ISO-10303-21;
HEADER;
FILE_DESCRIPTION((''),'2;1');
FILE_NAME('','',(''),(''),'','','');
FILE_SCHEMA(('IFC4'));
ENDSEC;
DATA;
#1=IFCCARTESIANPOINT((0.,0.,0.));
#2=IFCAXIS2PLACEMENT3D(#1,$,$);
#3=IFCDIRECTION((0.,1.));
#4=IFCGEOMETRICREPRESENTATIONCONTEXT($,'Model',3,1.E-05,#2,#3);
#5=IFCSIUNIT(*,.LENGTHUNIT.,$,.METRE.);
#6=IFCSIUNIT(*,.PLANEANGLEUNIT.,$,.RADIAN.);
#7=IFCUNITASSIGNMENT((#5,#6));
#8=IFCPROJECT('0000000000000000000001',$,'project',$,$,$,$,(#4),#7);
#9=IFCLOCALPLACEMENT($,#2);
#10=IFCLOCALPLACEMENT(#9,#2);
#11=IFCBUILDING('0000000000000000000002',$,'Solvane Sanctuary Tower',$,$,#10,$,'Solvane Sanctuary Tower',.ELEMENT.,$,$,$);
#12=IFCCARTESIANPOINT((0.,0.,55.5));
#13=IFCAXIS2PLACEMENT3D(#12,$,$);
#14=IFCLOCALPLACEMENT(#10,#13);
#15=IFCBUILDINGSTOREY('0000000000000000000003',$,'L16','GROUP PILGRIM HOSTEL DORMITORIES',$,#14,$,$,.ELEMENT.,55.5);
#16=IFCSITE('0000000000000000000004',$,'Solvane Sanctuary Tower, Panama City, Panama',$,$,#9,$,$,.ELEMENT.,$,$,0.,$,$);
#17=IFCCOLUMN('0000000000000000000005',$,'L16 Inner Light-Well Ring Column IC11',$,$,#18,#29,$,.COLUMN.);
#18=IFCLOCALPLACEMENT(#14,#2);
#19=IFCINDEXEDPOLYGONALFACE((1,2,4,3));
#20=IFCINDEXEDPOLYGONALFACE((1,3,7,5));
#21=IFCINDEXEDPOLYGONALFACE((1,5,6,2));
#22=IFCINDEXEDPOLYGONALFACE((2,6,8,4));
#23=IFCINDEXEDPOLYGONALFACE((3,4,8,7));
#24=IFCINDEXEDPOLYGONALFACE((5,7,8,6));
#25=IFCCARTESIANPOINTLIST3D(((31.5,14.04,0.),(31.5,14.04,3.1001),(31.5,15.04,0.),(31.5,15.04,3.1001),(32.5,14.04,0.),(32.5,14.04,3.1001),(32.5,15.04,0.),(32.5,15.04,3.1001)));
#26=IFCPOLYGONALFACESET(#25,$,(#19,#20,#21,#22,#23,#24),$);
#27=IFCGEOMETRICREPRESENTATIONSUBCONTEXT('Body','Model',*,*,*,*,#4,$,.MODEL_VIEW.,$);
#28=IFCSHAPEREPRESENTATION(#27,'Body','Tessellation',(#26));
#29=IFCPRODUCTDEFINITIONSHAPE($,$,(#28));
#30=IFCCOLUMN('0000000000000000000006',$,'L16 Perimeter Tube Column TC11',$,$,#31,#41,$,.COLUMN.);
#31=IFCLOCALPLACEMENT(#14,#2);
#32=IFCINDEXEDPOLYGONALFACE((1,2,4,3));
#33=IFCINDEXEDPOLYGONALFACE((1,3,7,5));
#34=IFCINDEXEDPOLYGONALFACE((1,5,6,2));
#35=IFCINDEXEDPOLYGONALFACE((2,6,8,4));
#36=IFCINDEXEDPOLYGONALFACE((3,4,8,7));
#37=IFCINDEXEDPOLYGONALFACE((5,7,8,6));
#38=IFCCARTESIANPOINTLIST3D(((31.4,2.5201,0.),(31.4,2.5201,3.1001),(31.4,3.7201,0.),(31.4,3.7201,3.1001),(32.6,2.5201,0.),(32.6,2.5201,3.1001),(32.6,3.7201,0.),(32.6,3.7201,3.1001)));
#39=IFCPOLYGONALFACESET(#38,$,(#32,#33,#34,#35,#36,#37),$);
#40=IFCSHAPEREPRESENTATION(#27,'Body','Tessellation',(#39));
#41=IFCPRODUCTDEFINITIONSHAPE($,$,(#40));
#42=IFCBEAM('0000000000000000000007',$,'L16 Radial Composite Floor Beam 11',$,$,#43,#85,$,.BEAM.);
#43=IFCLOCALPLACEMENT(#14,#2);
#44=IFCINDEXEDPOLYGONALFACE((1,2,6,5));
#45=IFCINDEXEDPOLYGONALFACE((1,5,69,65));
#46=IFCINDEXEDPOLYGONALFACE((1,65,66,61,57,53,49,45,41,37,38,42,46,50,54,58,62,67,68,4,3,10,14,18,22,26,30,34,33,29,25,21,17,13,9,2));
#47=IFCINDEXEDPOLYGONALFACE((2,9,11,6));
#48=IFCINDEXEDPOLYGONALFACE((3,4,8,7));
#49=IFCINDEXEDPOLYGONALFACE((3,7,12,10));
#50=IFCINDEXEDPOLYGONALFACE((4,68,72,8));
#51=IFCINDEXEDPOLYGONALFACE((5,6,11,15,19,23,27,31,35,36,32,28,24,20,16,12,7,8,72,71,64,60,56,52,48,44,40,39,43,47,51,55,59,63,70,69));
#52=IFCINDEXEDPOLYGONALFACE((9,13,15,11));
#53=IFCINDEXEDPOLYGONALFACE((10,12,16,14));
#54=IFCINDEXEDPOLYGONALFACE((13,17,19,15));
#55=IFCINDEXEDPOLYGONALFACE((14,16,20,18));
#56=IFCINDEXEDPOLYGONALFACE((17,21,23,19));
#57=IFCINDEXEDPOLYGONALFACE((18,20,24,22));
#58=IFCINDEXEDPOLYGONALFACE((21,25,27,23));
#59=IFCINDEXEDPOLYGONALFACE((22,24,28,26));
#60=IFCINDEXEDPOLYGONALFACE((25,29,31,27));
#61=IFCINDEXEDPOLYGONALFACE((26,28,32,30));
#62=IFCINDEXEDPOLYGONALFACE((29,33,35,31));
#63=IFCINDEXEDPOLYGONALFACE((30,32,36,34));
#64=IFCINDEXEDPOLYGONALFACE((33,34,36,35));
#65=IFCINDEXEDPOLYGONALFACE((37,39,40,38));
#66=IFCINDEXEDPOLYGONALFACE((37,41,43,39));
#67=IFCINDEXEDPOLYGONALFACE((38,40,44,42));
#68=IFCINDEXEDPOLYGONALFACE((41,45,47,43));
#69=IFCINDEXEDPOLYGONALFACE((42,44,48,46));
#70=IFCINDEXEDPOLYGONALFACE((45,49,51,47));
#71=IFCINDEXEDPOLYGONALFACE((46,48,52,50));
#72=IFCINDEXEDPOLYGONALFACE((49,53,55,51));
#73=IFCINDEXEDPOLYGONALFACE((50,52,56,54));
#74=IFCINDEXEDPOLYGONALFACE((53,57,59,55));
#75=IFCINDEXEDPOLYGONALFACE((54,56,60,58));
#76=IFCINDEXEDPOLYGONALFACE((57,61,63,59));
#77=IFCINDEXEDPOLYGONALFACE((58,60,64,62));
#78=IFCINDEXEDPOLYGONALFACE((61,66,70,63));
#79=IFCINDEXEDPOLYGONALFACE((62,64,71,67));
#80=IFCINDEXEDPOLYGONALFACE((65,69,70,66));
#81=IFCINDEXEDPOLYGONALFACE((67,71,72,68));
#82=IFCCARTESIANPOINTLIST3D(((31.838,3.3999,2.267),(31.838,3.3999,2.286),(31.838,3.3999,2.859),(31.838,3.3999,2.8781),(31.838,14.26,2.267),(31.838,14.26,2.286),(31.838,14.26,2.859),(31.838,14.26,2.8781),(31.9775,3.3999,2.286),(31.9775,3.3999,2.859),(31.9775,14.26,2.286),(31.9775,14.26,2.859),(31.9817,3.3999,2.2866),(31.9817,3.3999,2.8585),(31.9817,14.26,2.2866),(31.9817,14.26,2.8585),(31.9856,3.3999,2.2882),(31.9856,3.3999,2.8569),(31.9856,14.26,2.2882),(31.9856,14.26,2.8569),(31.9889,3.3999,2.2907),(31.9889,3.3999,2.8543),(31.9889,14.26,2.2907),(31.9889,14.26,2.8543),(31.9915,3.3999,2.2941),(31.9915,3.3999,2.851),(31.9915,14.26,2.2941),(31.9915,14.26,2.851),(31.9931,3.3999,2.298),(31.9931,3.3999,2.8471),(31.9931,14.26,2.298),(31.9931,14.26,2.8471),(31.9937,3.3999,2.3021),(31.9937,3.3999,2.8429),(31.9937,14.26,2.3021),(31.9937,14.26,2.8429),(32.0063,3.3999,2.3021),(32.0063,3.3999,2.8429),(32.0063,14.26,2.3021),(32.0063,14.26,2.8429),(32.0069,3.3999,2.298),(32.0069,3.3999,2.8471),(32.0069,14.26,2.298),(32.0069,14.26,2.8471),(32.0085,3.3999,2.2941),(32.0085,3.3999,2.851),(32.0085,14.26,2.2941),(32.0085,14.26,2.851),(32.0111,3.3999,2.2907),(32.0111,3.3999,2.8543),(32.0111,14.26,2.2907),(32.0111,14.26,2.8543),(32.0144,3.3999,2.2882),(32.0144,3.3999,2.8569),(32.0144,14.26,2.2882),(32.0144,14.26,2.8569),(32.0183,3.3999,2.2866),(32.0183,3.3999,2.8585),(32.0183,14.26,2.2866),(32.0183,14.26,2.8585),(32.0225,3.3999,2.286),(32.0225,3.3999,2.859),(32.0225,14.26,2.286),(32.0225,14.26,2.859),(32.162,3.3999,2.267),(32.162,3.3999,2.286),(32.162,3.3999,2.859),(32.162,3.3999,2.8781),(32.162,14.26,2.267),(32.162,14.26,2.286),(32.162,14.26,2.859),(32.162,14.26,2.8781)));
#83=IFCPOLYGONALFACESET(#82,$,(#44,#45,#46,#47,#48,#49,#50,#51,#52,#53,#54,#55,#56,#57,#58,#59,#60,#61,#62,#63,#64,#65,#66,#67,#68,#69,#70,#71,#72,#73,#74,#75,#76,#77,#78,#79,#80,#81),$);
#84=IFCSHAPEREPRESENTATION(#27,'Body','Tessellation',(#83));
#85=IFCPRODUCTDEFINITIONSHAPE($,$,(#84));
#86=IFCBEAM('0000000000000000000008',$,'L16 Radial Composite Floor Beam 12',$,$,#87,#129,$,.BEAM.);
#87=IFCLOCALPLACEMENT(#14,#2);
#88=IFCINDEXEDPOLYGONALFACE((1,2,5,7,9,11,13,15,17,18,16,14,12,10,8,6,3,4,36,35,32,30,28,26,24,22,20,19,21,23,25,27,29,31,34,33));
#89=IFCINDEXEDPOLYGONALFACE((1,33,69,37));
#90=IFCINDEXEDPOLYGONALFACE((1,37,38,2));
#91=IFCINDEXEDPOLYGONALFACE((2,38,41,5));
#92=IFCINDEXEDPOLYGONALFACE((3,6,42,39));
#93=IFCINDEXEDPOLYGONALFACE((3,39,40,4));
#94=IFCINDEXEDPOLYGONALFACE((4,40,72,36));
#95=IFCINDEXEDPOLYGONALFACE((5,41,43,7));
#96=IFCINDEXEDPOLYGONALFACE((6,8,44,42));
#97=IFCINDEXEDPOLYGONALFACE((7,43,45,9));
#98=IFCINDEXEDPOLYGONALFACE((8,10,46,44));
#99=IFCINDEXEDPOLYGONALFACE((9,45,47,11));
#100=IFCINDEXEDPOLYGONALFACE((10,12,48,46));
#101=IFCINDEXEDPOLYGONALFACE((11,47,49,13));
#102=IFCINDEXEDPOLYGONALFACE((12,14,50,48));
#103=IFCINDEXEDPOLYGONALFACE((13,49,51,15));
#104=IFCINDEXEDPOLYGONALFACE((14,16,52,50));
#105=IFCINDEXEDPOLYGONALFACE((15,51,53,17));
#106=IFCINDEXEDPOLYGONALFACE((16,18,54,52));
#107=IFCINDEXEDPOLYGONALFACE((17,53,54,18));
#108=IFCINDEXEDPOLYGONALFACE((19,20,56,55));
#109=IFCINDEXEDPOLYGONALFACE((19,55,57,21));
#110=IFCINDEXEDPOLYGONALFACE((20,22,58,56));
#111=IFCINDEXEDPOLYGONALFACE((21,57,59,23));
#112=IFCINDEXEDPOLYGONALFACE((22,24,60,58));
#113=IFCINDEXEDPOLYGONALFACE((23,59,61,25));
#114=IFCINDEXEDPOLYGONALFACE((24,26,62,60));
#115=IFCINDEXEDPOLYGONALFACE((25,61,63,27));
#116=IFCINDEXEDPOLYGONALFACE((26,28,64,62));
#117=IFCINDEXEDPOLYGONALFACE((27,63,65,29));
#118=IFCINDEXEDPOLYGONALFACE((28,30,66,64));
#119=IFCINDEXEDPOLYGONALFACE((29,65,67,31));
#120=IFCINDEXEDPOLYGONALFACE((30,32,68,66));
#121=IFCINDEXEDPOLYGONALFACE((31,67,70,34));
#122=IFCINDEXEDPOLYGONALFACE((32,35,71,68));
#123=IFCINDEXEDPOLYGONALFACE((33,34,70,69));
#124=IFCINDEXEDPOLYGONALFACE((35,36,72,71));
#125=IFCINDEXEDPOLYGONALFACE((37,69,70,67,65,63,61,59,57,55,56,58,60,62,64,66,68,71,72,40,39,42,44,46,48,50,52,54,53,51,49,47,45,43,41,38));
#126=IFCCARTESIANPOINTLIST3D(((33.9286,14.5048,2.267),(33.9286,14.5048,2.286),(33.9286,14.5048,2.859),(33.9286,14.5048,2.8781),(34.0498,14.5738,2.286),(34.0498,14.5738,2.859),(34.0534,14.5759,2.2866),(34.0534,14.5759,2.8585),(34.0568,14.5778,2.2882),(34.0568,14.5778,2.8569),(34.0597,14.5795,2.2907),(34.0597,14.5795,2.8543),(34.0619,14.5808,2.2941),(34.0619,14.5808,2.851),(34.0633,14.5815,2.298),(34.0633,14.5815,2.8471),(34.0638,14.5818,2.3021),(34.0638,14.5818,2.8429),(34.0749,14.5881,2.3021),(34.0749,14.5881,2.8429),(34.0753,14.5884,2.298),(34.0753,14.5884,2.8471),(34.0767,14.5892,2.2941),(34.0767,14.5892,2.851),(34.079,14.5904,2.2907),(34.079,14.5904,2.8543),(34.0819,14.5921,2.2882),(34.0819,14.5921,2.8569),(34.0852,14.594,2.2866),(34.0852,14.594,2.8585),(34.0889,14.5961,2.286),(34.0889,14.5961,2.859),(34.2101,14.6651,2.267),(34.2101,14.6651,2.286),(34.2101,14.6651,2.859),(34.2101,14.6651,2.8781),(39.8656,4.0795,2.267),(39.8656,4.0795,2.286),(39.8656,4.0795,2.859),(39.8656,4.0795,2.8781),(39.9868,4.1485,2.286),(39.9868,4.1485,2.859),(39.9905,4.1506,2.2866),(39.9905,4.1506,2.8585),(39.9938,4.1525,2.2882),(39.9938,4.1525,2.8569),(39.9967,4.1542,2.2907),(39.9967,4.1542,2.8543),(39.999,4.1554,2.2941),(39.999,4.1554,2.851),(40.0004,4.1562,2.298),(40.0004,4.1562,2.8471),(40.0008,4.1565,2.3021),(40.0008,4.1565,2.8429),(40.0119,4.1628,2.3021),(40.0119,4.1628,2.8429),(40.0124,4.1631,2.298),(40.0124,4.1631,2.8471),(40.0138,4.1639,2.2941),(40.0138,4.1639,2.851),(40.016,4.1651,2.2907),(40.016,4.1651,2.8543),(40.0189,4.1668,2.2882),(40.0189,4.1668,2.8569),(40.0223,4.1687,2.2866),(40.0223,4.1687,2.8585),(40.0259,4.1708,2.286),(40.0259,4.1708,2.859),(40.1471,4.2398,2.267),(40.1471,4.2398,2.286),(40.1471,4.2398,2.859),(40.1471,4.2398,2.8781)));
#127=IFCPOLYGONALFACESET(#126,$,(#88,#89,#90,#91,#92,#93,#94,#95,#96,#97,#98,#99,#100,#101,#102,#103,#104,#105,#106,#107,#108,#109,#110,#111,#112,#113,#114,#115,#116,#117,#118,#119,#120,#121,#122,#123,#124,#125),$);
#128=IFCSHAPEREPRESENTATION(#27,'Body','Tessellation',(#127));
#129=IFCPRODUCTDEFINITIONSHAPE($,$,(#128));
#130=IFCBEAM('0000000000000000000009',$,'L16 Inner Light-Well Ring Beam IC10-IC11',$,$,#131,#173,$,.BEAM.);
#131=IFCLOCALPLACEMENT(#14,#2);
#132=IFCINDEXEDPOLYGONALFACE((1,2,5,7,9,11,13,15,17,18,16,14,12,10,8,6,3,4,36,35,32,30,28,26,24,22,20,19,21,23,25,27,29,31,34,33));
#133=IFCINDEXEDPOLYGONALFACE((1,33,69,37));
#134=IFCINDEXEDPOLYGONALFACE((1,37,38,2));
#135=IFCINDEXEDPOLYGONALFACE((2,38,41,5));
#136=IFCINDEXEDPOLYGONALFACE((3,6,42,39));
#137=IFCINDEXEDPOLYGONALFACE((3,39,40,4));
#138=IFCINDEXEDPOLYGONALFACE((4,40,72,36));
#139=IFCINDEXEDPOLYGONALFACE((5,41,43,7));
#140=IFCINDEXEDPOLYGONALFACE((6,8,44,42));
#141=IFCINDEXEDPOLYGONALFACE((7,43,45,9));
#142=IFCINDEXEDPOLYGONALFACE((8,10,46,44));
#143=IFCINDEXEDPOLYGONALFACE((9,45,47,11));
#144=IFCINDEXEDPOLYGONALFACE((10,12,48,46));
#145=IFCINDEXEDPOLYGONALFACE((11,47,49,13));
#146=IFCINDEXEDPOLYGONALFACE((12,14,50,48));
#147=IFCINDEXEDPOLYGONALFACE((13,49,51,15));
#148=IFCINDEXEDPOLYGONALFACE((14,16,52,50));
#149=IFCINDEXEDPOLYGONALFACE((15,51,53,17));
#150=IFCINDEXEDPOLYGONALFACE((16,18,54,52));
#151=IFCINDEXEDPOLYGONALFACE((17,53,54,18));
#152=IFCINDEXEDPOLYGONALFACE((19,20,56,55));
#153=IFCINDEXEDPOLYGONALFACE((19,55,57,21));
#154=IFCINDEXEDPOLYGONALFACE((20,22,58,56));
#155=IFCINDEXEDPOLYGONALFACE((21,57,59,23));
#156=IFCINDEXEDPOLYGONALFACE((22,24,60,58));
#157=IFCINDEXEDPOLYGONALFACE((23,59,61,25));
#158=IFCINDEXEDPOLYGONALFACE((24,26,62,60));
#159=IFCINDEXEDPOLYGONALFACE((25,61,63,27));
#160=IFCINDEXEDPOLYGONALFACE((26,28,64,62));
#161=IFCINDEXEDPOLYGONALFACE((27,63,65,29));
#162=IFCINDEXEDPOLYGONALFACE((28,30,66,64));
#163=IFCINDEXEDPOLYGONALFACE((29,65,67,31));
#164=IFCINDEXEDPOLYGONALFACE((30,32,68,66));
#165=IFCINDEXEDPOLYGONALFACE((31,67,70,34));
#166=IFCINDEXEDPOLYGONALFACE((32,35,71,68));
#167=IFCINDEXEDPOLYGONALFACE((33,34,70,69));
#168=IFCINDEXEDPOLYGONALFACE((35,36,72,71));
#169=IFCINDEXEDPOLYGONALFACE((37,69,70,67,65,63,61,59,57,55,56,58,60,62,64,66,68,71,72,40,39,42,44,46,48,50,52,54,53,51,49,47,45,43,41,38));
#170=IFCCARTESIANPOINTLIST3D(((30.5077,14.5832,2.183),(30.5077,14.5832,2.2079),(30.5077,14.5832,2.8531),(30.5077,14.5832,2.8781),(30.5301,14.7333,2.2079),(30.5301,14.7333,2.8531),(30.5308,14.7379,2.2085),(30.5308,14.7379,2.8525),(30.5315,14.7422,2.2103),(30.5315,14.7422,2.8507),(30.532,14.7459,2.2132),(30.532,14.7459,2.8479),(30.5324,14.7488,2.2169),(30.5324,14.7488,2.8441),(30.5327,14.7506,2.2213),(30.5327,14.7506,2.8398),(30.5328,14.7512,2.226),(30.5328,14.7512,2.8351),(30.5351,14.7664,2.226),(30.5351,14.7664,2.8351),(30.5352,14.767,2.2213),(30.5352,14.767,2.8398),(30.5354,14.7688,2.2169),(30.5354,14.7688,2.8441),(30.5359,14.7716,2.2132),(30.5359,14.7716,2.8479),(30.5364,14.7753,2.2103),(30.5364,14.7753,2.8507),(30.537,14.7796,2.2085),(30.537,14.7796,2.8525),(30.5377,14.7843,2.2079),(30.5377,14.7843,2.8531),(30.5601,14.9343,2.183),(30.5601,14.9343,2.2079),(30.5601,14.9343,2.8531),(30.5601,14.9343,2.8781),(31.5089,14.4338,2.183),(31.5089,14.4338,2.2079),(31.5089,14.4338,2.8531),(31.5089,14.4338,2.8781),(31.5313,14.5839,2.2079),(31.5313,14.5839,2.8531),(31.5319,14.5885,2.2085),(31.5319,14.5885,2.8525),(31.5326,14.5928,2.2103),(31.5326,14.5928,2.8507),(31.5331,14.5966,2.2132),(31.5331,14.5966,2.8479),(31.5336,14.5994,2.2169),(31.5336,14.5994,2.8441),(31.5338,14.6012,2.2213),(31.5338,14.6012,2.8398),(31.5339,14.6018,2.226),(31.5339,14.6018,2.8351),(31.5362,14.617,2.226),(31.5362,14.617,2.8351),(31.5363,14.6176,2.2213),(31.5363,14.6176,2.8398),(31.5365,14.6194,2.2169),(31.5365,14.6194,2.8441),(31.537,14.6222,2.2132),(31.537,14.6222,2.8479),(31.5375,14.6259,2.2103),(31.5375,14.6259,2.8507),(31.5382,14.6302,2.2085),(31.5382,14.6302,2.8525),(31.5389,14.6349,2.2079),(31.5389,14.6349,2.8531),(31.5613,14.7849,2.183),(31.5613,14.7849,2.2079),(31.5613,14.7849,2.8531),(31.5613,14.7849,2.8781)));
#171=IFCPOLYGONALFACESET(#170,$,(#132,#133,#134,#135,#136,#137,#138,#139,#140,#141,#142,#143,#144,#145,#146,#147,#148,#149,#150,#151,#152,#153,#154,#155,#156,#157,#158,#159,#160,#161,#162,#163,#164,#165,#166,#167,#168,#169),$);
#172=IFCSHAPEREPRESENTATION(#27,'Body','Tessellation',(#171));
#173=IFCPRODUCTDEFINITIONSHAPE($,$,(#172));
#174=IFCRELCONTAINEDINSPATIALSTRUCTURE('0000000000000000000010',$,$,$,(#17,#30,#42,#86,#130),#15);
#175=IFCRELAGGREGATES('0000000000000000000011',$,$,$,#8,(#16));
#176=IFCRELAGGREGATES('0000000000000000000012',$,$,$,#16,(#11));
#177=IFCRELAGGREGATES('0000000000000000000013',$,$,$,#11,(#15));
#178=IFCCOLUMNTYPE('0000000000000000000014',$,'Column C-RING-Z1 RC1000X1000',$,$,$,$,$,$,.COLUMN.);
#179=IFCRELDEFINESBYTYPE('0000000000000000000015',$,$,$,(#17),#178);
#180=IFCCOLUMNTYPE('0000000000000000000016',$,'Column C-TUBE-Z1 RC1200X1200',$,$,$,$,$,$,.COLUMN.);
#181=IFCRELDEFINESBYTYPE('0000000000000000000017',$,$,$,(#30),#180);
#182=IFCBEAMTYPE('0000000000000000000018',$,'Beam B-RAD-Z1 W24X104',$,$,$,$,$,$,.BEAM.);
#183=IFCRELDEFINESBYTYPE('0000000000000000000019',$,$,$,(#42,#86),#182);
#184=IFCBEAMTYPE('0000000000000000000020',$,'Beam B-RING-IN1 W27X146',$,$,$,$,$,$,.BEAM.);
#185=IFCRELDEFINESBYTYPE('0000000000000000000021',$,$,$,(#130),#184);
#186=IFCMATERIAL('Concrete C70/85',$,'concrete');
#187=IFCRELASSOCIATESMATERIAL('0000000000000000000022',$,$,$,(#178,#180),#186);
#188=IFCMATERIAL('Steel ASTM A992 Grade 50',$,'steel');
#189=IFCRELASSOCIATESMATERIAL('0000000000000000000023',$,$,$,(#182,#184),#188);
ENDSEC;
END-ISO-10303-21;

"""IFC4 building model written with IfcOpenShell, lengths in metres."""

from ifc_helpers import new_model, si_unit, direction, frame, origin, origin_2d, place, context, subcontext, project, spatial, rectangle, i_section, extrude, material, material_profile, profile_set, type_object, element, save


model = new_model("IFC4")

# Units and contexts
model_context = context("Model", 3, precision=1e-05, world=origin(), true_north=direction((0.0, 1.0)))
body_context = subcontext(model_context, "Body", "Model", "MODEL_VIEW")
ifc_project = project(units=[si_unit("LENGTHUNIT", "METRE"), si_unit("PLANEANGLEUNIT", "RADIAN")], contexts=[model_context])

# Site, building, storey
site_placement = place(None, origin())
site = spatial("IfcSite", under=ifc_project, at=site_placement, Name="Solvane Sanctuary Tower, Panama City, Panama", CompositionType="ELEMENT", RefElevation=0.0)
building_placement = place(site_placement, origin())
building = spatial("IfcBuilding", under=site, at=building_placement, Name="Solvane Sanctuary Tower", LongName="Solvane Sanctuary Tower", CompositionType="ELEMENT")
storey_placement = place(building_placement, frame((0.0, 0.0, 55.5)))
storey = spatial("IfcBuildingStorey", under=building, at=storey_placement, Name="L16", Description="GROUP PILGRIM HOSTEL DORMITORIES", CompositionType="ELEMENT", Elevation=55.5)

# Columns
ifc_material_1 = material(Name="Concrete C70/85", Category="concrete")
ifc_material_profile_1 = material_profile(ifc_material_1, rectangle(XDim=1.0, YDim=1.0, at=origin_2d()), Name="RC1000X1000")
ifc_profile_set_1 = profile_set([ifc_material_profile_1], Name="Concrete C70/85")
column_type_1 = type_object("IfcColumnType", Name="Column C-RING-Z1 RC1000X1000", PredefinedType="COLUMN", material=ifc_profile_set_1)
column_1_placement = place(storey_placement, frame((32.0, 14.54, 0.0), z_axis=(0.0, 0.0, 1.0), x_axis=(1.0, 0.0, 0.0)))
element("IfcColumn", 1, at=column_1_placement, inside=storey, type_object=column_type_1, Name="L16 Inner Light-Well Ring Column IC11", PredefinedType="COLUMN", context=body_context, shape_type="SweptSolid", body=[
    extrude(rectangle(XDim=1.0, YDim=1.0, at=origin_2d()), origin(), (0.0, 0.0, 1.0), 3.1001),
])
ifc_material_profile_2 = material_profile(ifc_material_1, rectangle(XDim=1.2, YDim=1.2, at=origin_2d()), Name="RC1200X1200")
ifc_profile_set_2 = profile_set([ifc_material_profile_2], Name="Concrete C70/85")
column_type_2 = type_object("IfcColumnType", Name="Column C-TUBE-Z1 RC1200X1200", PredefinedType="COLUMN", material=ifc_profile_set_2)
column_2_placement = place(storey_placement, frame((32.0, 3.1201, 0.0), z_axis=(0.0, 0.0, 1.0), x_axis=(0.0, -1.0, 0.0)))
element("IfcColumn", 2, at=column_2_placement, inside=storey, type_object=column_type_2, Name="L16 Perimeter Tube Column TC11", PredefinedType="COLUMN", context=body_context, shape_type="SweptSolid", body=[
    extrude(rectangle(XDim=1.2, YDim=1.2, at=origin_2d()), origin(), (0.0, 0.0, 1.0), 3.1001),
])

# Beams
ifc_material_2 = material(Name="Steel ASTM A992 Grade 50", Category="steel")
ifc_material_profile_3 = material_profile(ifc_material_2, i_section(OverallWidth=0.324, OverallDepth=0.6111, WebThickness=0.0127, FlangeThickness=0.019, FilletRadius=0.0161, at=origin_2d()), Name="W24X104")
ifc_profile_set_3 = profile_set([ifc_material_profile_3], Name="Steel ASTM A992 Grade 50")
beam_type_1 = type_object("IfcBeamType", Name="Beam B-RAD-Z1 W24X104", PredefinedType="BEAM", material=ifc_profile_set_3)
beam_1_placement = place(storey_placement, frame((32.0, 14.26, 2.5725), z_axis=(0.0, -1.0, 0.0), x_axis=(1.0, 0.0, 0.0)))
element("IfcBeam", 3, at=beam_1_placement, inside=storey, type_object=beam_type_1, Name="L16 Radial Composite Floor Beam 11", PredefinedType="BEAM", context=body_context, shape_type="SweptSolid", body=[
    extrude(i_section(OverallWidth=0.324, OverallDepth=0.6111, WebThickness=0.0127, FlangeThickness=0.019, FilletRadius=0.0161, at=origin_2d()), origin(), (0.0, 0.0, 1.0), 10.8601),
])
beam_2_placement = place(storey_placement, frame((34.0693, 14.585, 2.5725), z_axis=(0.494863, -0.868971, 0.0), x_axis=(0.868971, 0.494863, 0.0)))
element("IfcBeam", 4, at=beam_2_placement, inside=storey, type_object=beam_type_1, Name="L16 Radial Composite Floor Beam 12", PredefinedType="BEAM", context=body_context, shape_type="SweptSolid", body=[
    extrude(i_section(OverallWidth=0.324, OverallDepth=0.6111, WebThickness=0.0127, FlangeThickness=0.019, FilletRadius=0.0161, at=origin_2d()), origin(), (0.0, 0.0, 1.0), 11.9973),
])
ifc_material_profile_4 = material_profile(ifc_material_2, i_section(OverallWidth=0.355, OverallDepth=0.6951, WebThickness=0.0154, FlangeThickness=0.0249, FilletRadius=0.0181, at=origin_2d()), Name="W27X146")
ifc_profile_set_4 = profile_set([ifc_material_profile_4], Name="Steel ASTM A992 Grade 50")
beam_type_2 = type_object("IfcBeamType", Name="Beam B-RING-IN1 W27X146", PredefinedType="BEAM", material=ifc_profile_set_4)
for number, where, z_axis, x_axis, name in (
    (5, (30.5339, 14.7588, 2.5305), (0.989048, -0.147597, 0.0), (0.147597, 0.989048, 0.0), "L16 Inner Light-Well Ring Beam IC10-IC11"),
):
    element("IfcBeam", number, at=place(storey_placement, frame(where, z_axis=z_axis, x_axis=x_axis)), inside=storey, type_object=beam_type_2, Name=name, PredefinedType="BEAM", context=body_context, shape_type="SweptSolid", body=[
        extrude(i_section(OverallWidth=0.355, OverallDepth=0.6951, WebThickness=0.0154, FlangeThickness=0.0249, FilletRadius=0.0181, at=origin_2d()), origin(), (0.0, 0.0, 1.0), 1.0122),
    ])

save(model, "model.ifc")
